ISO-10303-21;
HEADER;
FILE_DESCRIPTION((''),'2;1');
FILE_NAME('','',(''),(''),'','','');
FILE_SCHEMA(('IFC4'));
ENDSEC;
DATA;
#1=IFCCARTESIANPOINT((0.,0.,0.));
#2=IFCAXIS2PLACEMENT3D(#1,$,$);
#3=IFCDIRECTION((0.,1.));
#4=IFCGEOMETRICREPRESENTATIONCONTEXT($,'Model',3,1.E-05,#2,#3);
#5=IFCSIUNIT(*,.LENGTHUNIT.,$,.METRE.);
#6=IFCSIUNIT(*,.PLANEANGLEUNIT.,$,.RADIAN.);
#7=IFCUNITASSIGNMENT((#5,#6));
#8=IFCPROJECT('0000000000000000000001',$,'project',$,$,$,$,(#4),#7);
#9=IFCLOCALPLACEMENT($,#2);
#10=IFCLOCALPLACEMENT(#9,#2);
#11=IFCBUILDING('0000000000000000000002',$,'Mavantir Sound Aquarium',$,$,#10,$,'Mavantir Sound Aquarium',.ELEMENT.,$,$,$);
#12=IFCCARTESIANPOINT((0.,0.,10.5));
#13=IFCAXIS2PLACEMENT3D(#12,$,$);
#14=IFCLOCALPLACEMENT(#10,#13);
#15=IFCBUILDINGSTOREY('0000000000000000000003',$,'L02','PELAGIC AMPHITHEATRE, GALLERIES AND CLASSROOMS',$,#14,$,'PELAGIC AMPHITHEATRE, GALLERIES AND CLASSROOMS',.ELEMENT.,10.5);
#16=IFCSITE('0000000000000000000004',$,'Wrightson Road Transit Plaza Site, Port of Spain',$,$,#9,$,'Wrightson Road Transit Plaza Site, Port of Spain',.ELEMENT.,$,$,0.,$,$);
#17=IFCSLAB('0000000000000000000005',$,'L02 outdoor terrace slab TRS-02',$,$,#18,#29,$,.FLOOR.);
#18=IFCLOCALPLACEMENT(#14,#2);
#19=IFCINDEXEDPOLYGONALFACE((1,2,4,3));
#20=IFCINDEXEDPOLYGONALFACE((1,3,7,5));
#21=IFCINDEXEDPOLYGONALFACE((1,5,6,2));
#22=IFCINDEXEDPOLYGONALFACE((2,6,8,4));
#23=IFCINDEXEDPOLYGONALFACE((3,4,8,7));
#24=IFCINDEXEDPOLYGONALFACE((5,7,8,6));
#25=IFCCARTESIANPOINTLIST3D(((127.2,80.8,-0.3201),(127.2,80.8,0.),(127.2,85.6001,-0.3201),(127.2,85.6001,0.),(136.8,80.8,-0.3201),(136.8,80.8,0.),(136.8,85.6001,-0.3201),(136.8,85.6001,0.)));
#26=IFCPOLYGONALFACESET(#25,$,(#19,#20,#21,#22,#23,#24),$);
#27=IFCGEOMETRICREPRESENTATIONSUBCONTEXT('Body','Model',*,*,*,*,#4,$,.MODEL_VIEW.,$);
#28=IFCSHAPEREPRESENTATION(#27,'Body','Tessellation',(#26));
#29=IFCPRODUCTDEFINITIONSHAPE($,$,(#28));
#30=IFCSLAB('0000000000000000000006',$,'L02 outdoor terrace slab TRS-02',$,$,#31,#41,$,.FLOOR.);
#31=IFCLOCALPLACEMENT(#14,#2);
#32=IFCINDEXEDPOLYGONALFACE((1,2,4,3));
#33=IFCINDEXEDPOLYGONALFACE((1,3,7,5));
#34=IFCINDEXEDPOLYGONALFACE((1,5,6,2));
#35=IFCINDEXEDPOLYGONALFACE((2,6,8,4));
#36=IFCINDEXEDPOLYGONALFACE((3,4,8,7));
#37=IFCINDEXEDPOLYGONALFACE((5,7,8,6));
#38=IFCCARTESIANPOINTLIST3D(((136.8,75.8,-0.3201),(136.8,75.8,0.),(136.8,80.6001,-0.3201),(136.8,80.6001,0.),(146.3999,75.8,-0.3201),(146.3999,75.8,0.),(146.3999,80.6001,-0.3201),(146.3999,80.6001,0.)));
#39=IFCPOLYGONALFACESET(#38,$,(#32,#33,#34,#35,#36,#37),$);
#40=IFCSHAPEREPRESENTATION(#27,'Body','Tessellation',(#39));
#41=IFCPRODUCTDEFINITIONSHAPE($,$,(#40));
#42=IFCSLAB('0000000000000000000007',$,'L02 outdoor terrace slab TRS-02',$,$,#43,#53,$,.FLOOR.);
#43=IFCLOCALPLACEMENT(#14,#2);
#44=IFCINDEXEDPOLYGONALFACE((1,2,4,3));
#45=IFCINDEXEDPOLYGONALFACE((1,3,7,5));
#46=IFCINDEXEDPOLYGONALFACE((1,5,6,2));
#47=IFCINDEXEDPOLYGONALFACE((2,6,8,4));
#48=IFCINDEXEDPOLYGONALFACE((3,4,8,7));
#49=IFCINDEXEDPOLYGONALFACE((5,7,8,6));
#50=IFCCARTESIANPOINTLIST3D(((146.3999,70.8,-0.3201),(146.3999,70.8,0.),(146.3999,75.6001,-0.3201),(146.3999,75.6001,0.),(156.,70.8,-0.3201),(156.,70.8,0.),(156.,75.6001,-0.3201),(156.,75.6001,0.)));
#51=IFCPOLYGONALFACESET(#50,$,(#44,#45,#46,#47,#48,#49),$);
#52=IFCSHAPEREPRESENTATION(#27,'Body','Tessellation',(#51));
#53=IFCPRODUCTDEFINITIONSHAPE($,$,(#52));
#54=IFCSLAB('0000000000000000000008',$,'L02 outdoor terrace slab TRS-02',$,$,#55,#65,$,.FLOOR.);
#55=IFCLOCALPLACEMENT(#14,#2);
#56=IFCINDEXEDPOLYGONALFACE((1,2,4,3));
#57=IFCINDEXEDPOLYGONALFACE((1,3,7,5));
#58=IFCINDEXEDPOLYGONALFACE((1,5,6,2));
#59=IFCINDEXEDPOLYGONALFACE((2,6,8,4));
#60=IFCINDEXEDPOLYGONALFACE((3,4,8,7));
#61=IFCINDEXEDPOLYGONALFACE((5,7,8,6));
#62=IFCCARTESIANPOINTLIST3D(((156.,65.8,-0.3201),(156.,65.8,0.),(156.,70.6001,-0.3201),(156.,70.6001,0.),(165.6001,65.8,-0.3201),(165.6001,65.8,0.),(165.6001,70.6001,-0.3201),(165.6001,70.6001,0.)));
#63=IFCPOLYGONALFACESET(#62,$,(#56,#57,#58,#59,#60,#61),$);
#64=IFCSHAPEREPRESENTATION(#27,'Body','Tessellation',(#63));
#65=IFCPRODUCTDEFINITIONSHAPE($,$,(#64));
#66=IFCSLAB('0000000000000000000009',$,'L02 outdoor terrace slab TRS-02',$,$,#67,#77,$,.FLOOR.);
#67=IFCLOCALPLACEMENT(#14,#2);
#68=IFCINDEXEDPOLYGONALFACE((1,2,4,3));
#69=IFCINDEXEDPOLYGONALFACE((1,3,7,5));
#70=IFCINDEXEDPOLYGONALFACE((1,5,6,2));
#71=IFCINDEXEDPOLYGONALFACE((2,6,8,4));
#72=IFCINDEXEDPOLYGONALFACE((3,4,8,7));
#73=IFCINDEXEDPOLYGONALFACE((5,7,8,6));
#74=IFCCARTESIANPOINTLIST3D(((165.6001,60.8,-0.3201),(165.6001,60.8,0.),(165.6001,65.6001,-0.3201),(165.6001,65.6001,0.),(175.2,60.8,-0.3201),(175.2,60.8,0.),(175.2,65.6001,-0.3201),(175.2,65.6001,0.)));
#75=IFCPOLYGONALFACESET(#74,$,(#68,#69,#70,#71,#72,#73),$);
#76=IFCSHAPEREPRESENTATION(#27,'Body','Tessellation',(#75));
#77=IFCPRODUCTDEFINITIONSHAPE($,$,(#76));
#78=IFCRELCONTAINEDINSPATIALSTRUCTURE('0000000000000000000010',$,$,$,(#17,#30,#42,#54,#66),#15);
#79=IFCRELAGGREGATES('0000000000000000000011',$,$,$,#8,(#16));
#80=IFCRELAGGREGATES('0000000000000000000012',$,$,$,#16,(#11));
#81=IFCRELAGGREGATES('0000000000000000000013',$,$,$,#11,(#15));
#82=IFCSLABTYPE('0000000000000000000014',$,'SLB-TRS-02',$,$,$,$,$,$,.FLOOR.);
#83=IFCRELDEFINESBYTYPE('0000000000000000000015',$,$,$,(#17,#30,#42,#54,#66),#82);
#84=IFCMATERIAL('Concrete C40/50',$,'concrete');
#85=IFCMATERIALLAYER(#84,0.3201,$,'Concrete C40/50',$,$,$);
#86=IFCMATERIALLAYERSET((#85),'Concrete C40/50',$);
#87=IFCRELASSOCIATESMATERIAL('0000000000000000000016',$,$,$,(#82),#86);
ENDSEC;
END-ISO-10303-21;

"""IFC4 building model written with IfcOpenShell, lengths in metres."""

from ifc_helpers import new_model, si_unit, direction, frame, origin, place, context, subcontext, project, spatial, polyline, outline, extrude, material, layer, layer_set, type_object, element, save


model = new_model("IFC4")

# Units and contexts
model_context = context("Model", 3, precision=1e-05, world=origin(), true_north=direction((0.0, 1.0)))
body_context = subcontext(model_context, "Body", "Model", "MODEL_VIEW")
ifc_project = project(units=[si_unit("LENGTHUNIT", "METRE"), si_unit("PLANEANGLEUNIT", "RADIAN")], contexts=[model_context])

# Site, building, storey
site_placement = place(None, origin())
site = spatial("IfcSite", under=ifc_project, at=site_placement, Name="Wrightson Road Transit Plaza Site, Port of Spain", LongName="Wrightson Road Transit Plaza Site, Port of Spain", CompositionType="ELEMENT", RefElevation=0.0)
building_placement = place(site_placement, origin())
building = spatial("IfcBuilding", under=site, at=building_placement, Name="Mavantir Sound Aquarium", LongName="Mavantir Sound Aquarium", CompositionType="ELEMENT")
storey_placement = place(building_placement, frame((0.0, 0.0, 10.5)))
storey = spatial("IfcBuildingStorey", under=building, at=storey_placement, Name="L02", Description="PELAGIC AMPHITHEATRE, GALLERIES AND CLASSROOMS", LongName="PELAGIC AMPHITHEATRE, GALLERIES AND CLASSROOMS", CompositionType="ELEMENT", Elevation=10.5)

# Slabs
ifc_material_1 = material(Name="Concrete C40/50", Category="concrete")
ifc_layer_1 = layer(ifc_material_1, 0.3201, Name="Concrete C40/50")
ifc_layer_set_1 = layer_set([ifc_layer_1], Name="Concrete C40/50")
slab_type_1 = type_object("IfcSlabType", Name="SLB-TRS-02", PredefinedType="FLOOR", material=ifc_layer_set_1)
slab_1_placement = place(storey_placement, frame((0.0, 0.0, -0.3201)))
element("IfcSlab", 1, at=slab_1_placement, inside=storey, type_object=slab_type_1, Name="L02 outdoor terrace slab TRS-02", PredefinedType="FLOOR", context=body_context, shape_type="SweptSolid", body=[
    extrude(outline(polyline([(127.2, 80.8), (136.8, 80.8), (136.8, 85.6001), (127.2, 85.6001), (127.2, 80.8)])), origin(), (0.0, 0.0, 1.0), 0.3201),
])
slab_2_placement = place(storey_placement, frame((0.0, 0.0, -0.3201)))
element("IfcSlab", 2, at=slab_2_placement, inside=storey, type_object=slab_type_1, Name="L02 outdoor terrace slab TRS-02", PredefinedType="FLOOR", context=body_context, shape_type="SweptSolid", body=[
    extrude(outline(polyline([(136.8, 75.8), (146.3999, 75.8), (146.3999, 80.6001), (136.8, 80.6001), (136.8, 75.8)])), origin(), (0.0, 0.0, 1.0), 0.3201),
])
slab_3_placement = place(storey_placement, frame((0.0, 0.0, -0.3201)))
element("IfcSlab", 3, at=slab_3_placement, inside=storey, type_object=slab_type_1, Name="L02 outdoor terrace slab TRS-02", PredefinedType="FLOOR", context=body_context, shape_type="SweptSolid", body=[
    extrude(outline(polyline([(146.3999, 70.8), (156.0, 70.8), (156.0, 75.6001), (146.3999, 75.6001), (146.3999, 70.8)])), origin(), (0.0, 0.0, 1.0), 0.3201),
])
slab_4_placement = place(storey_placement, frame((0.0, 0.0, -0.3201)))
element("IfcSlab", 4, at=slab_4_placement, inside=storey, type_object=slab_type_1, Name="L02 outdoor terrace slab TRS-02", PredefinedType="FLOOR", context=body_context, shape_type="SweptSolid", body=[
    extrude(outline(polyline([(156.0, 65.8), (165.6001, 65.8), (165.6001, 70.6001), (156.0, 70.6001), (156.0, 65.8)])), origin(), (0.0, 0.0, 1.0), 0.3201),
])
slab_5_placement = place(storey_placement, frame((0.0, 0.0, -0.3201)))
element("IfcSlab", 5, at=slab_5_placement, inside=storey, type_object=slab_type_1, Name="L02 outdoor terrace slab TRS-02", PredefinedType="FLOOR", context=body_context, shape_type="SweptSolid", body=[
    extrude(outline(polyline([(165.6001, 60.8), (175.2, 60.8), (175.2, 65.6001), (165.6001, 65.6001), (165.6001, 60.8)])), origin(), (0.0, 0.0, 1.0), 0.3201),
])

save(model, "model.ifc")
